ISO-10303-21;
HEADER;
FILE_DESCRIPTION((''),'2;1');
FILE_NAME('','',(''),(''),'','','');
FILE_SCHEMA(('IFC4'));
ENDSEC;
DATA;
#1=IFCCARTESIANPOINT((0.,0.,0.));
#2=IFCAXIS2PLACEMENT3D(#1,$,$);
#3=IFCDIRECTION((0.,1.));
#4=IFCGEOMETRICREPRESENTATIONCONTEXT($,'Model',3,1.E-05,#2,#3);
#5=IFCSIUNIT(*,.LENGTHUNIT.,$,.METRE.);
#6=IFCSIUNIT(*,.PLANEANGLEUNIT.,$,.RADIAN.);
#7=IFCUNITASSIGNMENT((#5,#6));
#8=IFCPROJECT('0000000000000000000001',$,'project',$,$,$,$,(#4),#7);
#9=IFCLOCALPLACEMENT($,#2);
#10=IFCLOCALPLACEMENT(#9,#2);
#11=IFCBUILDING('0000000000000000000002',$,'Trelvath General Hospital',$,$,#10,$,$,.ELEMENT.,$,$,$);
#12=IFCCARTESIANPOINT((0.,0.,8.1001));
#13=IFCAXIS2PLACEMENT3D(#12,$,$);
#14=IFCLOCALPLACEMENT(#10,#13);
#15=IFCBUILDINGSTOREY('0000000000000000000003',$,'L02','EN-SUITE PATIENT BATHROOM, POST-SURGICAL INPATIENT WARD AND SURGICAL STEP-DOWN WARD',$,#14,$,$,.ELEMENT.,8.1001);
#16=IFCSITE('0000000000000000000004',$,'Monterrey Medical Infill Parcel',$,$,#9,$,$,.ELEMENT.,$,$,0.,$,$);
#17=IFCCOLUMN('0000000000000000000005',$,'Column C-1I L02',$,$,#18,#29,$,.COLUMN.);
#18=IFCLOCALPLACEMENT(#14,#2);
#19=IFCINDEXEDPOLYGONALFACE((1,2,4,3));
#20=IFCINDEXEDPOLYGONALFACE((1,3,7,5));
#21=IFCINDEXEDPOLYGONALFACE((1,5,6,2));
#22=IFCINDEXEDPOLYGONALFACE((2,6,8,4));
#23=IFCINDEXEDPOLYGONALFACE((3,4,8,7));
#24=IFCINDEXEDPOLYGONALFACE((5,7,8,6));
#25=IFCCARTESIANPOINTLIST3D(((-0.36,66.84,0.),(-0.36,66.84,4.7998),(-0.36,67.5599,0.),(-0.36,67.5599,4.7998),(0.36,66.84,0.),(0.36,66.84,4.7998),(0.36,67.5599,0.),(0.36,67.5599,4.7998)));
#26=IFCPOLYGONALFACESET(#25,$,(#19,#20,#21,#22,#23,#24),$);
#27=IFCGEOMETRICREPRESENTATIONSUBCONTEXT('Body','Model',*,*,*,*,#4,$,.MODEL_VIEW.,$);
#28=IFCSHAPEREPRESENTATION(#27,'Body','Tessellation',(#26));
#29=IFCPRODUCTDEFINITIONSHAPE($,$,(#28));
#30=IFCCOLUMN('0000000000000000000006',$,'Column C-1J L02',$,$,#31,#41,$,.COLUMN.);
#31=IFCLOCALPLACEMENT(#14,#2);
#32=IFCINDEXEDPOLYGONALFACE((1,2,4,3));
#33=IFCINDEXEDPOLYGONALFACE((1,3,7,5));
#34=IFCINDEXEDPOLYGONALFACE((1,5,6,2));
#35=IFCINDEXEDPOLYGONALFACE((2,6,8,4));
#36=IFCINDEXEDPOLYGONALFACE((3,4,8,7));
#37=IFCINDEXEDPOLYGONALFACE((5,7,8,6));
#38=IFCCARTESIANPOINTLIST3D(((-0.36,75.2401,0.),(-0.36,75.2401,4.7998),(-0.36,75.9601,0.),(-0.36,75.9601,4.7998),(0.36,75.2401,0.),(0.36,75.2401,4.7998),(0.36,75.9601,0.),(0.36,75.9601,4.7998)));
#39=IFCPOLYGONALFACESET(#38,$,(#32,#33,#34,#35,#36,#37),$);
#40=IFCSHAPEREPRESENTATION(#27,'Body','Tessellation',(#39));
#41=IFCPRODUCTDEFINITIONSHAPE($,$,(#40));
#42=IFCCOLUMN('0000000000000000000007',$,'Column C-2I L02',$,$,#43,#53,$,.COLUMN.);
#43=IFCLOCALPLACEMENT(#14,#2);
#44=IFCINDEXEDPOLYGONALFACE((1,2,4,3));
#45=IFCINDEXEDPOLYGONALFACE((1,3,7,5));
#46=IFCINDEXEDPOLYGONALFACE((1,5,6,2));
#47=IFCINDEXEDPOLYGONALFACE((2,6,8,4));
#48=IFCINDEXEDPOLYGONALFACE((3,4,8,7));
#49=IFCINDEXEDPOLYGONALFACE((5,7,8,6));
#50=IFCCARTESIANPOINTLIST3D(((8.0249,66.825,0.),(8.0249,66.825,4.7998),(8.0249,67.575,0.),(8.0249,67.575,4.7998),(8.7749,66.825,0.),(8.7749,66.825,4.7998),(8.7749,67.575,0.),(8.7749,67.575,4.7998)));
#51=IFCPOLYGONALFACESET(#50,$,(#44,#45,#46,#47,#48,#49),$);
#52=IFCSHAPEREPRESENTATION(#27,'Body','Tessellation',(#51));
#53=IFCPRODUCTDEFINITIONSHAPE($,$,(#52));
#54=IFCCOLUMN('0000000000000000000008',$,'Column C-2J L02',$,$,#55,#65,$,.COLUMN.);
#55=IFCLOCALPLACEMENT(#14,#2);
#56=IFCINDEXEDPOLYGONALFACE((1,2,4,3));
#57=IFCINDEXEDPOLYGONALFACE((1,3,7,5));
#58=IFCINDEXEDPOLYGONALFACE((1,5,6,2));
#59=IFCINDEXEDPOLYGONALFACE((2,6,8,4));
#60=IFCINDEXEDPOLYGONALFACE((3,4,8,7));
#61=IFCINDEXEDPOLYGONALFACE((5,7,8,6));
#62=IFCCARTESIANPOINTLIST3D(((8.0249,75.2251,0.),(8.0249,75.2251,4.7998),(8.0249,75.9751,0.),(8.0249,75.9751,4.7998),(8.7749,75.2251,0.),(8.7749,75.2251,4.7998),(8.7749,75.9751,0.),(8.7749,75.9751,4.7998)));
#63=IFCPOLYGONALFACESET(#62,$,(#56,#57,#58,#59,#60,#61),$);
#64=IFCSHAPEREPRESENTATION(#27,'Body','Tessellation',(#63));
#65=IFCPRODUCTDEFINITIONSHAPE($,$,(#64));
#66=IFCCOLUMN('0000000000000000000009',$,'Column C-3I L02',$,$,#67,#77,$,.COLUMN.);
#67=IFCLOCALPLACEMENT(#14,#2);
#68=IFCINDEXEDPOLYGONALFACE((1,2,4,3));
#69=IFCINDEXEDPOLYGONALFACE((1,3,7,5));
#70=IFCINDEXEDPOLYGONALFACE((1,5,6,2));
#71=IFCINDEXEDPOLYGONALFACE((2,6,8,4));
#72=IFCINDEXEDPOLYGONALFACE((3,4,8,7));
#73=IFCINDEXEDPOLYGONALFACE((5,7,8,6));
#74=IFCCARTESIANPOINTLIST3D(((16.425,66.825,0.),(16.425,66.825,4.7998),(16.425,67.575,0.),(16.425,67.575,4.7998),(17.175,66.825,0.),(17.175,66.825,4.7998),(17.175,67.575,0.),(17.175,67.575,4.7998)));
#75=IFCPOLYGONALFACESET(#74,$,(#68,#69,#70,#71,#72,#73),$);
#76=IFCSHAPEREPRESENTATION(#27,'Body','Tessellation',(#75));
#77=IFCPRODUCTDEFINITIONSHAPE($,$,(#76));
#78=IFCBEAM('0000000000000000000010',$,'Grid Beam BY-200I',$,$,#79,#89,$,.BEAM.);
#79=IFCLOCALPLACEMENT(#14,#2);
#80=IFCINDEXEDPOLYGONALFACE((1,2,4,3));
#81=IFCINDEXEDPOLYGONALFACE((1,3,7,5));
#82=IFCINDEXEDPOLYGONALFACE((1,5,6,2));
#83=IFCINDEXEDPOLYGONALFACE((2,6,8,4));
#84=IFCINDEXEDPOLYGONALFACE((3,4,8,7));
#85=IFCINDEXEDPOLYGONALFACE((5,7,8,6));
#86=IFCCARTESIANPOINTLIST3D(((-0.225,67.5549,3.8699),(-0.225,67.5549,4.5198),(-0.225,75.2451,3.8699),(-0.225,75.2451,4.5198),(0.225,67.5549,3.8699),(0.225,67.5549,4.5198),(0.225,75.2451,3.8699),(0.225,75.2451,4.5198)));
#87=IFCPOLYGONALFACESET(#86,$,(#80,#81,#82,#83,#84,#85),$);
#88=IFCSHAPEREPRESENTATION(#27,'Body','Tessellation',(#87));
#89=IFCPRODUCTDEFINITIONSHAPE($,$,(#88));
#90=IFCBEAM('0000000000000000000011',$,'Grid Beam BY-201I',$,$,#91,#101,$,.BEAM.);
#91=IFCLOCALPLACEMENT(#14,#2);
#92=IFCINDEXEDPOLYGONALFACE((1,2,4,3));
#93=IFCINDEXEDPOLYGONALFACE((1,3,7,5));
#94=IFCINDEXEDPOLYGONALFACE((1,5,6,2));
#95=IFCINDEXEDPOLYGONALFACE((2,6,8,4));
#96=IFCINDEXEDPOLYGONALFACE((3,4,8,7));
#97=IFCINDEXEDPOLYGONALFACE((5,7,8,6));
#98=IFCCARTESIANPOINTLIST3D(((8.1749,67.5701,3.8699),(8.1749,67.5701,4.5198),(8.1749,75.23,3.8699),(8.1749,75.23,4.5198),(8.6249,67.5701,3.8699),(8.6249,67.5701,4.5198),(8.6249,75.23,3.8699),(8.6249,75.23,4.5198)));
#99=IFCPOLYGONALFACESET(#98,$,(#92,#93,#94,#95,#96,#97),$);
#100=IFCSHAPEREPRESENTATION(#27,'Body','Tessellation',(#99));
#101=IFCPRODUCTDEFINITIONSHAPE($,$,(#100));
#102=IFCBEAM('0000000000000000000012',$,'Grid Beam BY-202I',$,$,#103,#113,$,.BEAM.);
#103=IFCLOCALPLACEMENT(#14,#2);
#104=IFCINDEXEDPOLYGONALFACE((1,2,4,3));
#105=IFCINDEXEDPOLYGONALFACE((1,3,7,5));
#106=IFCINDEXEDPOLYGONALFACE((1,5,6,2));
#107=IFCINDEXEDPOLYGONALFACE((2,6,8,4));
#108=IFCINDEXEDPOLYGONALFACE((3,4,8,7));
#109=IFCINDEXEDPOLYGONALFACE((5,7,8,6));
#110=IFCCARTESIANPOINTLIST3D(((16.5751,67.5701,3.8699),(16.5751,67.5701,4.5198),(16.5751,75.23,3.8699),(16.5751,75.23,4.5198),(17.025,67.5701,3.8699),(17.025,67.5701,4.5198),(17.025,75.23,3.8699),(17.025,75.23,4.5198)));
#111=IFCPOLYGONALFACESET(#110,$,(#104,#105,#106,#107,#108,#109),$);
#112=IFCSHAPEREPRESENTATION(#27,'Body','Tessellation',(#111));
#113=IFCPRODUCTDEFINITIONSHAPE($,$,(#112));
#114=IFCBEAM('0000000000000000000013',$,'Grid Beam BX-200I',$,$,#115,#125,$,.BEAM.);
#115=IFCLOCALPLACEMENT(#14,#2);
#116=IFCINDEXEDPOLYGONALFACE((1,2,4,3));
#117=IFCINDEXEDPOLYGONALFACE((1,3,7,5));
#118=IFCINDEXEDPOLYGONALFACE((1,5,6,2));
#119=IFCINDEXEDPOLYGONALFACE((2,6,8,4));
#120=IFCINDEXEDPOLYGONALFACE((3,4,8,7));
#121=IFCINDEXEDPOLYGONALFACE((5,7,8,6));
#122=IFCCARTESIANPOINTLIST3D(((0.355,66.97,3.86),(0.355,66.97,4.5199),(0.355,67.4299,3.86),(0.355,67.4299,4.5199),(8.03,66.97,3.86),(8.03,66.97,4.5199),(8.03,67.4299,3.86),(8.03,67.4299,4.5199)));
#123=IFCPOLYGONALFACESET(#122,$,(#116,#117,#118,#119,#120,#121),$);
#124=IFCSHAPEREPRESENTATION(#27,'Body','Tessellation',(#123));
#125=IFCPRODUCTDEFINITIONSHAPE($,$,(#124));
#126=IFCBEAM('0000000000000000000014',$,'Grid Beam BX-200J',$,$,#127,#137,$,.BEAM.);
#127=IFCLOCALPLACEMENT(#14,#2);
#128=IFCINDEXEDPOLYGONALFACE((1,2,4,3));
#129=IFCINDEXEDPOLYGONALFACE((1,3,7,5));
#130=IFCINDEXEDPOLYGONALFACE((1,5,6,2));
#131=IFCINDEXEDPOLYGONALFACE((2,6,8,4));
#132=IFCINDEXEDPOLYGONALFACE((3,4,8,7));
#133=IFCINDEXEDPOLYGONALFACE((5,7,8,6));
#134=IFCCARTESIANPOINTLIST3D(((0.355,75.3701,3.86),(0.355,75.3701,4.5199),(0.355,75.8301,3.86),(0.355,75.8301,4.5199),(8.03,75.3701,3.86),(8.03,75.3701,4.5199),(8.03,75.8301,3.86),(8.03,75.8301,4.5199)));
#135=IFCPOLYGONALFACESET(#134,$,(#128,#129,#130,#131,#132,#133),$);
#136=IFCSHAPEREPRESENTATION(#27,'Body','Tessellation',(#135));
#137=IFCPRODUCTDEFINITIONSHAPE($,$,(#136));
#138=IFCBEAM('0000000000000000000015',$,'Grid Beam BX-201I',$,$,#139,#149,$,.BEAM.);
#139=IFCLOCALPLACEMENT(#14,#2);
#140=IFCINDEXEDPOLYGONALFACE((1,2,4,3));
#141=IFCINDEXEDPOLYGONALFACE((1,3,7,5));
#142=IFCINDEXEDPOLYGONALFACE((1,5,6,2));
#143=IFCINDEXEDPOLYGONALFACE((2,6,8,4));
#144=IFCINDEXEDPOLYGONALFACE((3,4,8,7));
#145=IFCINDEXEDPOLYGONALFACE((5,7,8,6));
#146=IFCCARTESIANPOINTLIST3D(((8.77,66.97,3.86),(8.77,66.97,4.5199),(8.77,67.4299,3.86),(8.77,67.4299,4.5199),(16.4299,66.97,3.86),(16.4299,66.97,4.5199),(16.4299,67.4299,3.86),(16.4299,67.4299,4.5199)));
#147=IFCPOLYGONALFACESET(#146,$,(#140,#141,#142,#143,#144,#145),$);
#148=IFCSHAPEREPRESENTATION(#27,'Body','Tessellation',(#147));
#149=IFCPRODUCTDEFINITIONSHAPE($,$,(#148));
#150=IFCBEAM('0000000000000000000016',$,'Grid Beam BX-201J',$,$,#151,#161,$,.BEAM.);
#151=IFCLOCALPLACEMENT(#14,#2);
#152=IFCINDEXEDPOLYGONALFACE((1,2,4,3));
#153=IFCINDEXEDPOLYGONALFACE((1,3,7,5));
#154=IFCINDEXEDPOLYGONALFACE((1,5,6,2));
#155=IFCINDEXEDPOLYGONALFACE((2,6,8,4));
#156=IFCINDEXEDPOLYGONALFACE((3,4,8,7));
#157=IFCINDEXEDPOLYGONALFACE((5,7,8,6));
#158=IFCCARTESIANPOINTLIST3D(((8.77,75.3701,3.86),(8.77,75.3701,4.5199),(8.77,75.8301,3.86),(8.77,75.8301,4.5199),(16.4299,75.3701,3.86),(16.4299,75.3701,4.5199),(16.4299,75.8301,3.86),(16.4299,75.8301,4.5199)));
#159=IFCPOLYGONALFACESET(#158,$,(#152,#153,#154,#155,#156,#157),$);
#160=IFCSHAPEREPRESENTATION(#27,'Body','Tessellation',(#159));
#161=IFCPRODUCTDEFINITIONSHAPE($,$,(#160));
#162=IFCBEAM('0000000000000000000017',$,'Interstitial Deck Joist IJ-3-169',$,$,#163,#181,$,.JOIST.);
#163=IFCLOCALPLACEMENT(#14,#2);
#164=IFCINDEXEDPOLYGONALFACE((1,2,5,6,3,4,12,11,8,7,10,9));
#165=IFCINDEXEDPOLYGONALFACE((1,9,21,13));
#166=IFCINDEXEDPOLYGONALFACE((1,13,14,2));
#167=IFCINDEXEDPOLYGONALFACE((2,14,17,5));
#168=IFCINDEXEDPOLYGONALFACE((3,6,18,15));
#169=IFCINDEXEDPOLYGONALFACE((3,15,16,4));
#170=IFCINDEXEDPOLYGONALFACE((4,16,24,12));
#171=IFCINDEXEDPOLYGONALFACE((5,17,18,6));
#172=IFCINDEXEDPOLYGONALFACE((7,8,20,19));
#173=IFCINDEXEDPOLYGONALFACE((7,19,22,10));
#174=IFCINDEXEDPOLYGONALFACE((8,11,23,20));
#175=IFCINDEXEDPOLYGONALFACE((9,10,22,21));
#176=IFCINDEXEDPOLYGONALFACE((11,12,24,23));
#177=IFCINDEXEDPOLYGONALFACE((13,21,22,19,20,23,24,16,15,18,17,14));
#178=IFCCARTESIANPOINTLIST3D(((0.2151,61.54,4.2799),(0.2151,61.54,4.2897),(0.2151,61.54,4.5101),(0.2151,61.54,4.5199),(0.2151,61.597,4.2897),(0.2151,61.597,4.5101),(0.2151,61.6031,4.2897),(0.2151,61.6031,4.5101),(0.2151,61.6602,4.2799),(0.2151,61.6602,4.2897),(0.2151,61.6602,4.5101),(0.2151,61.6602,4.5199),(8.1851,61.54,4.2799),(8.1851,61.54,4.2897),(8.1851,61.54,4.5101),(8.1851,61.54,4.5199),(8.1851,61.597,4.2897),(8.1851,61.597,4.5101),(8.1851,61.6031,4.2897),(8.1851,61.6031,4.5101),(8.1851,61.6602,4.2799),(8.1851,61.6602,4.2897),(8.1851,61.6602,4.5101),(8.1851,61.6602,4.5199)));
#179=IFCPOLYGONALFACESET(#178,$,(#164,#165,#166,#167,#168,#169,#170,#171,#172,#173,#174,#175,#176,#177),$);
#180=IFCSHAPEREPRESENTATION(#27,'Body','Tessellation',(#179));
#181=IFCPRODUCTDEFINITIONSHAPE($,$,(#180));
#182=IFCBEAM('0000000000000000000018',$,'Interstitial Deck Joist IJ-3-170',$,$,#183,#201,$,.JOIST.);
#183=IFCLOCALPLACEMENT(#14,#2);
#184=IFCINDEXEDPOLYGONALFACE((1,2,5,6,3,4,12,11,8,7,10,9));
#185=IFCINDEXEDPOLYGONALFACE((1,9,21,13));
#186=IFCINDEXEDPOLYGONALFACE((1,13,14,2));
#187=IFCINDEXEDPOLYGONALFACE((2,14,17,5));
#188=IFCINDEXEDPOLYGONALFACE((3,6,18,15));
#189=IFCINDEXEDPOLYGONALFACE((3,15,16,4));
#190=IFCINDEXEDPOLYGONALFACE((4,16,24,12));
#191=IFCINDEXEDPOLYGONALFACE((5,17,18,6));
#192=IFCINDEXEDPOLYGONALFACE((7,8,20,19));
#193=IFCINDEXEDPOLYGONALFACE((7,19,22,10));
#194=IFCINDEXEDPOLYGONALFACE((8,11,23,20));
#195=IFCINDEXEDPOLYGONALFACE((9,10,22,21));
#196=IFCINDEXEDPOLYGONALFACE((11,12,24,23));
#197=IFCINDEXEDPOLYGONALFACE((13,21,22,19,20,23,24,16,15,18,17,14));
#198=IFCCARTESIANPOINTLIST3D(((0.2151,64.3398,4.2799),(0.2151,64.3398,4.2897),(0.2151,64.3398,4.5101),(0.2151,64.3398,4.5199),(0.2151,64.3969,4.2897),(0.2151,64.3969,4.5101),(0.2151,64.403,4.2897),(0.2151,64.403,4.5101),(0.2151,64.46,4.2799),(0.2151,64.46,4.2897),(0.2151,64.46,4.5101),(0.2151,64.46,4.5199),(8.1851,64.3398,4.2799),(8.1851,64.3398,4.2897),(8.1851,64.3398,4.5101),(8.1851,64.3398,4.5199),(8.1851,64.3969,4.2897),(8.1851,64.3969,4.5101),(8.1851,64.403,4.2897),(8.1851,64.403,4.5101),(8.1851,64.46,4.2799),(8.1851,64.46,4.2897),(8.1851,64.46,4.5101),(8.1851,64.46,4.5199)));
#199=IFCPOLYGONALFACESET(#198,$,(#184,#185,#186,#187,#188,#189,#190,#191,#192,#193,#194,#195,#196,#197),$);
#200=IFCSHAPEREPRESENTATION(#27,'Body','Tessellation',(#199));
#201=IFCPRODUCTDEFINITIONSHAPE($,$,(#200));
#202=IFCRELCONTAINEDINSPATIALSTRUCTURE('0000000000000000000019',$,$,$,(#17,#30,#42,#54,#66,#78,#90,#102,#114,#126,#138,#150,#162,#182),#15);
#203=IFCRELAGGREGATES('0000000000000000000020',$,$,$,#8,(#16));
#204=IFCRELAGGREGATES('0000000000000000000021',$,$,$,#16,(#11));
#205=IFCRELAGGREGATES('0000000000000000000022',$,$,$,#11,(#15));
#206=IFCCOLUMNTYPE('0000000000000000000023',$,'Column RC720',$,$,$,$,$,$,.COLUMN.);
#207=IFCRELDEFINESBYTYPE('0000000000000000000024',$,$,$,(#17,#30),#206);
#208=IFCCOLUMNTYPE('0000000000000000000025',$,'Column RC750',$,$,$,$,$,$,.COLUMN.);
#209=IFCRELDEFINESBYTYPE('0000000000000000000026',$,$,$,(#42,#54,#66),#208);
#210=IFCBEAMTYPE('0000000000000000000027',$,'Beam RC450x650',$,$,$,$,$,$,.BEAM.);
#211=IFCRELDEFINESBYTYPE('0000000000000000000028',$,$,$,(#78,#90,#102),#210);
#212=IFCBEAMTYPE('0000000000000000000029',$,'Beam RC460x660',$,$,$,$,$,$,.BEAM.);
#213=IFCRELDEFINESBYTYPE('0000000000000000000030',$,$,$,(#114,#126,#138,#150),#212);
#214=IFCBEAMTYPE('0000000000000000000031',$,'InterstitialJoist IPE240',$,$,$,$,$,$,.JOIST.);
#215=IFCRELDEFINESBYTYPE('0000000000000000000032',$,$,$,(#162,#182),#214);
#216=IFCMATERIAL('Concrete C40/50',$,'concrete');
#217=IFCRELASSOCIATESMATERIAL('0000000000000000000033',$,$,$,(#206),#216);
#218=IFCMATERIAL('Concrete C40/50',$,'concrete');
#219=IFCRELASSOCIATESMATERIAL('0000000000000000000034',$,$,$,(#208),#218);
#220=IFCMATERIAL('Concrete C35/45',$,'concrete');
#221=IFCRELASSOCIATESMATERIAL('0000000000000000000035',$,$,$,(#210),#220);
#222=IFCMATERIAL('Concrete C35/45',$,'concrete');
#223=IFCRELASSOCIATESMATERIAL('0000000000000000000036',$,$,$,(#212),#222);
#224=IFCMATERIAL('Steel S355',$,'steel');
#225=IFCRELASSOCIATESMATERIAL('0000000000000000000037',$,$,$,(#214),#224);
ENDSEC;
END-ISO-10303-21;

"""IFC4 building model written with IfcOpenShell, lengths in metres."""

from ifc_helpers import new_model, si_unit, direction, frame, origin, origin_2d, place, context, subcontext, project, spatial, rectangle, i_section, extrude, material, material_profile, profile_set, type_object, element, save


model = new_model("IFC4")

# Units and contexts
model_context = context("Model", 3, precision=1e-05, world=origin(), true_north=direction((0.0, 1.0)))
body_context = subcontext(model_context, "Body", "Model", "MODEL_VIEW")
ifc_project = project(units=[si_unit("LENGTHUNIT", "METRE"), si_unit("PLANEANGLEUNIT", "RADIAN")], contexts=[model_context])

# Site, building, storey
site_placement = place(None, origin())
site = spatial("IfcSite", under=ifc_project, at=site_placement, Name="Monterrey Medical Infill Parcel", CompositionType="ELEMENT", RefElevation=0.0)
building_placement = place(site_placement, origin())
building = spatial("IfcBuilding", under=site, at=building_placement, Name="Trelvath General Hospital", CompositionType="ELEMENT")
storey_placement = place(building_placement, frame((0.0, 0.0, 8.1001)))
storey = spatial("IfcBuildingStorey", under=building, at=storey_placement, Name="L02", Description="EN-SUITE PATIENT BATHROOM, POST-SURGICAL INPATIENT WARD AND SURGICAL STEP-DOWN WARD", CompositionType="ELEMENT", Elevation=8.1001)

# Columns
ifc_material_1 = material(Name="Concrete C40/50", Category="concrete")
ifc_material_profile_1 = material_profile(ifc_material_1, rectangle(XDim=0.72, YDim=0.72, at=origin_2d()), Name="RC720x720")
ifc_profile_set_1 = profile_set([ifc_material_profile_1], Name="Concrete C40/50")
column_type_1 = type_object("IfcColumnType", Name="Column RC720", PredefinedType="COLUMN", material=ifc_profile_set_1)
for number, where, z_axis, x_axis, name in (
    (1, (0.0, 67.2, 0.0), (0.0, 0.0, 1.0), (1.0, 0.0, 0.0), "Column C-1I L02"),
    (2, (0.0, 75.6001, 0.0), (0.0, 0.0, 1.0), (1.0, 0.0, 0.0), "Column C-1J L02"),
):
    element("IfcColumn", number, at=place(storey_placement, frame(where, z_axis=z_axis, x_axis=x_axis)), inside=storey, type_object=column_type_1, Name=name, PredefinedType="COLUMN", context=body_context, shape_type="SweptSolid", body=[
        extrude(rectangle(XDim=0.72, YDim=0.72, at=origin_2d()), origin(), (0.0, 0.0, 1.0), 4.7998),
    ])
ifc_material_2 = material(Name="Concrete C40/50", Category="concrete")
ifc_material_profile_2 = material_profile(ifc_material_2, rectangle(XDim=0.75, YDim=0.75, at=origin_2d()), Name="RC750x750")
ifc_profile_set_2 = profile_set([ifc_material_profile_2], Name="Concrete C40/50")
column_type_2 = type_object("IfcColumnType", Name="Column RC750", PredefinedType="COLUMN", material=ifc_profile_set_2)
for number, where, z_axis, x_axis, name in (
    (3, (8.3999, 67.2, 0.0), (0.0, 0.0, 1.0), (1.0, 0.0, 0.0), "Column C-2I L02"),
    (4, (8.3999, 75.6001, 0.0), (0.0, 0.0, 1.0), (1.0, 0.0, 0.0), "Column C-2J L02"),
    (5, (16.8, 67.2, 0.0), (0.0, 0.0, 1.0), (1.0, 0.0, 0.0), "Column C-3I L02"),
):
    element("IfcColumn", number, at=place(storey_placement, frame(where, z_axis=z_axis, x_axis=x_axis)), inside=storey, type_object=column_type_2, Name=name, PredefinedType="COLUMN", context=body_context, shape_type="SweptSolid", body=[
        extrude(rectangle(XDim=0.75, YDim=0.75, at=origin_2d()), origin(), (0.0, 0.0, 1.0), 4.7998),
    ])

# Beams
ifc_material_3 = material(Name="Concrete C35/45", Category="concrete")
ifc_material_profile_3 = material_profile(ifc_material_3, rectangle(XDim=0.45, YDim=0.6499, at=origin_2d()), Name="RCB450x650")
ifc_profile_set_3 = profile_set([ifc_material_profile_3], Name="Concrete C35/45")
beam_type_1 = type_object("IfcBeamType", Name="Beam RC450x650", PredefinedType="BEAM", material=ifc_profile_set_3)
beam_placement = place(storey_placement, frame((0.0, 67.5549, 4.1948), z_axis=(0.0, 1.0, 0.0), x_axis=(-1.0, 0.0, 0.0)))
element("IfcBeam", 6, at=beam_placement, inside=storey, type_object=beam_type_1, Name="Grid Beam BY-200I", PredefinedType="BEAM", context=body_context, shape_type="SweptSolid", body=[
    extrude(rectangle(XDim=0.45, YDim=0.6499, at=origin_2d()), origin(), (0.0, 0.0, 1.0), 7.6902),
])
for number, where, z_axis, x_axis, name in (
    (7, (8.3999, 67.5701, 4.1948), (0.0, 1.0, 0.0), (-1.0, 0.0, 0.0), "Grid Beam BY-201I"),
    (8, (16.8, 67.5701, 4.1948), (0.0, 1.0, 0.0), (-1.0, 0.0, 0.0), "Grid Beam BY-202I"),
):
    element("IfcBeam", number, at=place(storey_placement, frame(where, z_axis=z_axis, x_axis=x_axis)), inside=storey, type_object=beam_type_1, Name=name, PredefinedType="BEAM", context=body_context, shape_type="SweptSolid", body=[
        extrude(rectangle(XDim=0.45, YDim=0.6499, at=origin_2d()), origin(), (0.0, 0.0, 1.0), 7.6599),
    ])
ifc_material_4 = material(Name="Concrete C35/45", Category="concrete")
ifc_material_profile_4 = material_profile(ifc_material_4, rectangle(XDim=0.46, YDim=0.6599, at=origin_2d()), Name="RCB460x660")
ifc_profile_set_4 = profile_set([ifc_material_profile_4], Name="Concrete C35/45")
beam_type_2 = type_object("IfcBeamType", Name="Beam RC460x660", PredefinedType="BEAM", material=ifc_profile_set_4)
for number, where, z_axis, x_axis, name in (
    (9, (0.355, 67.2, 4.1899), (1.0, 0.0, 0.0), (0.0, 1.0, 0.0), "Grid Beam BX-200I"),
    (10, (0.355, 75.6001, 4.1899), (1.0, 0.0, 0.0), (0.0, 1.0, 0.0), "Grid Beam BX-200J"),
):
    element("IfcBeam", number, at=place(storey_placement, frame(where, z_axis=z_axis, x_axis=x_axis)), inside=storey, type_object=beam_type_2, Name=name, PredefinedType="BEAM", context=body_context, shape_type="SweptSolid", body=[
        extrude(rectangle(XDim=0.46, YDim=0.6599, at=origin_2d()), origin(), (0.0, 0.0, 1.0), 7.675),
    ])
for number, where, z_axis, x_axis, name in (
    (11, (8.77, 67.2, 4.1899), (1.0, 0.0, 0.0), (0.0, 1.0, 0.0), "Grid Beam BX-201I"),
    (12, (8.77, 75.6001, 4.1899), (1.0, 0.0, 0.0), (0.0, 1.0, 0.0), "Grid Beam BX-201J"),
):
    element("IfcBeam", number, at=place(storey_placement, frame(where, z_axis=z_axis, x_axis=x_axis)), inside=storey, type_object=beam_type_2, Name=name, PredefinedType="BEAM", context=body_context, shape_type="SweptSolid", body=[
        extrude(rectangle(XDim=0.46, YDim=0.6599, at=origin_2d()), origin(), (0.0, 0.0, 1.0), 7.6599),
    ])
ifc_material_5 = material(Name="Steel S355", Category="steel")
ifc_material_profile_5 = material_profile(ifc_material_5, i_section(OverallWidth=0.1201, OverallDepth=0.24, WebThickness=0.0061, FlangeThickness=0.0098, at=origin_2d()), Name="IPE240")
ifc_profile_set_5 = profile_set([ifc_material_profile_5], Name="Steel S355")
beam_type_3 = type_object("IfcBeamType", Name="InterstitialJoist IPE240", PredefinedType="JOIST", material=ifc_profile_set_5)
for number, where, z_axis, x_axis, name in (
    (13, (0.2151, 61.6001, 4.3999), (1.0, 0.0, 0.0), (0.0, 1.0, 0.0), "Interstitial Deck Joist IJ-3-169"),
    (14, (0.2151, 64.3999, 4.3999), (1.0, 0.0, 0.0), (0.0, 1.0, 0.0), "Interstitial Deck Joist IJ-3-170"),
):
    element("IfcBeam", number, at=place(storey_placement, frame(where, z_axis=z_axis, x_axis=x_axis)), inside=storey, type_object=beam_type_3, Name=name, PredefinedType="JOIST", context=body_context, shape_type="SweptSolid", body=[
        extrude(i_section(OverallWidth=0.1201, OverallDepth=0.24, WebThickness=0.0061, FlangeThickness=0.0098, at=origin_2d()), origin(), (0.0, 0.0, 1.0), 7.97),
    ])

save(model, "model.ifc")
